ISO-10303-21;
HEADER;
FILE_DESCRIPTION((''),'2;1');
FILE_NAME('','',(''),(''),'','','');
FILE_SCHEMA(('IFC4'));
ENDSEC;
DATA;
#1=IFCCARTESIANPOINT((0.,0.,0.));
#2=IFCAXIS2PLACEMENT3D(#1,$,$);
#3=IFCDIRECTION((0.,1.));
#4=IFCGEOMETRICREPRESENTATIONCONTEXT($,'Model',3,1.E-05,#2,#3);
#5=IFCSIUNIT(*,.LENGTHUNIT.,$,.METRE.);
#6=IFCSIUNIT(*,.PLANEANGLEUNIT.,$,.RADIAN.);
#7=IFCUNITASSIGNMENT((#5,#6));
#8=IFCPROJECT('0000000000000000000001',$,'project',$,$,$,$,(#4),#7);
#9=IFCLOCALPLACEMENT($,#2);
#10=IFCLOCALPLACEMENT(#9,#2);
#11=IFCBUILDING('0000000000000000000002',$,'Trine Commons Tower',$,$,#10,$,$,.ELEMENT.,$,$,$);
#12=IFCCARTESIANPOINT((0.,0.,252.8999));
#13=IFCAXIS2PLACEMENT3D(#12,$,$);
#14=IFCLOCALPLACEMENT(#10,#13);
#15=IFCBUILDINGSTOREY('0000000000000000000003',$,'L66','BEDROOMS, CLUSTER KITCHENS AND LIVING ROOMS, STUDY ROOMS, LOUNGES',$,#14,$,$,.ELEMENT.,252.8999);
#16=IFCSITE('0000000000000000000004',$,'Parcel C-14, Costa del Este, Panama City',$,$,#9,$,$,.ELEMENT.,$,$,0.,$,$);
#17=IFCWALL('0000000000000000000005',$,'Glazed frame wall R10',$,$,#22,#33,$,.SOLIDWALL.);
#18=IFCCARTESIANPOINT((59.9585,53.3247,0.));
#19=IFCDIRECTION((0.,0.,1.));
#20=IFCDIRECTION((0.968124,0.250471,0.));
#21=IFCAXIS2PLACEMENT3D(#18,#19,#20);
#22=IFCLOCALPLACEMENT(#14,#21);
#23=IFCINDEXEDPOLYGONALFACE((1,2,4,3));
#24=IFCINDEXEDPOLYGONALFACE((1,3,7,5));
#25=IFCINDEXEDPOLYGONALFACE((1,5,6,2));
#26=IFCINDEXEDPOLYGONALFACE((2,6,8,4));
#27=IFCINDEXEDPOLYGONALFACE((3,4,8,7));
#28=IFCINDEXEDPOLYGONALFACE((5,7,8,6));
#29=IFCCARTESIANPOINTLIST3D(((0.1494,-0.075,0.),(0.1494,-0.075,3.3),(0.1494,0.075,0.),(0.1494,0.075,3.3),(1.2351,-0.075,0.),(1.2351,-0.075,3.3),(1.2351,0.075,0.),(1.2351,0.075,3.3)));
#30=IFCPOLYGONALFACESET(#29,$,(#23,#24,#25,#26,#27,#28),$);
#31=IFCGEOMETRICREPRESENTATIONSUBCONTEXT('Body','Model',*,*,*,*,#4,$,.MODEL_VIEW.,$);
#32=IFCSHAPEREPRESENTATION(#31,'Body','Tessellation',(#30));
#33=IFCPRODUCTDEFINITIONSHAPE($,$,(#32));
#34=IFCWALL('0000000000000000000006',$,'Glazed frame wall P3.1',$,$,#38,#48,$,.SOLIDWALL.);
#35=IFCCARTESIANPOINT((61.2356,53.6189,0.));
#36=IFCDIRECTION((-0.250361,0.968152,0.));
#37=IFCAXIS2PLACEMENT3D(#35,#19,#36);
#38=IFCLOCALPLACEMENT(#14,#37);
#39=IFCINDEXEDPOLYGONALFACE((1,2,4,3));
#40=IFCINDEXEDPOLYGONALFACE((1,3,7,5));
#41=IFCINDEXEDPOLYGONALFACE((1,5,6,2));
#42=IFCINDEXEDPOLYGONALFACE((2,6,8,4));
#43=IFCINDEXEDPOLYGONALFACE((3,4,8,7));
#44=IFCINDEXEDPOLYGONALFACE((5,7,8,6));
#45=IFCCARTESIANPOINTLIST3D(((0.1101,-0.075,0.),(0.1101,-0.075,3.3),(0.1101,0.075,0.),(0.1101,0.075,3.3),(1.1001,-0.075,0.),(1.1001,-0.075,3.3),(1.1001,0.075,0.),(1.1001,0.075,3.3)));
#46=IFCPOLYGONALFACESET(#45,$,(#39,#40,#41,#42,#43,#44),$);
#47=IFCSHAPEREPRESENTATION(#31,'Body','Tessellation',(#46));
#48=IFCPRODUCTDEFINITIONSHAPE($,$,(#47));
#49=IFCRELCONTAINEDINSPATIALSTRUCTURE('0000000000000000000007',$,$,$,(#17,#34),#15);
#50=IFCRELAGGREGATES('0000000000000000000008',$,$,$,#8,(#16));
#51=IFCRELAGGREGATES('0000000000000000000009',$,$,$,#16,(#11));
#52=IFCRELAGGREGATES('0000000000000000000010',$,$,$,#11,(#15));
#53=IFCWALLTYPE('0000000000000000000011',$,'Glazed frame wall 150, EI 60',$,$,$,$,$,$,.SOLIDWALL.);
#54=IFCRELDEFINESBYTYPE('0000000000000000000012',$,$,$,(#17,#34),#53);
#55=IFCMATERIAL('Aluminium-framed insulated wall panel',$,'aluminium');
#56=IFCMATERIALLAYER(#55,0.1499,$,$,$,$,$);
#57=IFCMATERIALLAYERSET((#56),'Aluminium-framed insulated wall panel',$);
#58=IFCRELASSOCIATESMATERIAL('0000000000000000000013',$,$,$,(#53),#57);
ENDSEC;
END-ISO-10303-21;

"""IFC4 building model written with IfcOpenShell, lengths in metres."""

from ifc_helpers import new_model, si_unit, direction, frame, origin, place, context, subcontext, project, spatial, polyline, outline, extrude, material, layer, layer_set, type_object, element, save


model = new_model("IFC4")

# Units and contexts
model_context = context("Model", 3, precision=1e-05, world=origin(), true_north=direction((0.0, 1.0)))
body_context = subcontext(model_context, "Body", "Model", "MODEL_VIEW")
ifc_project = project(units=[si_unit("LENGTHUNIT", "METRE"), si_unit("PLANEANGLEUNIT", "RADIAN")], contexts=[model_context])

# Site, building, storey
site_placement = place(None, origin())
site = spatial("IfcSite", under=ifc_project, at=site_placement, Name="Parcel C-14, Costa del Este, Panama City", CompositionType="ELEMENT", RefElevation=0.0)
building_placement = place(site_placement, origin())
building = spatial("IfcBuilding", under=site, at=building_placement, Name="Trine Commons Tower", CompositionType="ELEMENT")
storey_placement = place(building_placement, frame((0.0, 0.0, 252.8999)))
storey = spatial("IfcBuildingStorey", under=building, at=storey_placement, Name="L66", Description="BEDROOMS, CLUSTER KITCHENS AND LIVING ROOMS, STUDY ROOMS, LOUNGES", CompositionType="ELEMENT", Elevation=252.8999)

# Walls
ifc_material_1 = material(Name="Aluminium-framed insulated wall panel", Category="aluminium")
ifc_layer_1 = layer(ifc_material_1, 0.1499)
ifc_layer_set_1 = layer_set([ifc_layer_1], Name="Aluminium-framed insulated wall panel")
wall_type_1 = type_object("IfcWallType", Name="Glazed frame wall 150, EI 60", PredefinedType="SOLIDWALL", material=ifc_layer_set_1)
wall_1_placement = place(storey_placement, frame((59.9585, 53.3247, 0.0), z_axis=(0.0, 0.0, 1.0), x_axis=(0.968124, 0.250471, 0.0)))
element("IfcWall", 1, at=wall_1_placement, inside=storey, type_object=wall_type_1, Name="Glazed frame wall R10", PredefinedType="SOLIDWALL", context=body_context, shape_type="SweptSolid", body=[
    extrude(outline(polyline([(0.1494, 0.075), (0.1494, -0.075), (1.2351, -0.075), (1.2351, 0.075), (0.1494, 0.075)])), origin(), (0.0, 0.0, 1.0), 3.3),
])
wall_2_placement = place(storey_placement, frame((61.2356, 53.6189, 0.0), z_axis=(0.0, 0.0, 1.0), x_axis=(-0.250361, 0.968152, 0.0)))
element("IfcWall", 2, at=wall_2_placement, inside=storey, type_object=wall_type_1, Name="Glazed frame wall P3.1", PredefinedType="SOLIDWALL", context=body_context, shape_type="SweptSolid", body=[
    extrude(outline(polyline([(0.1101, -0.075), (1.1001, -0.075), (1.1001, 0.075), (0.1101, 0.075), (0.1101, -0.075)])), origin(), (0.0, 0.0, 1.0), 3.3),
])

save(model, "model.ifc")
